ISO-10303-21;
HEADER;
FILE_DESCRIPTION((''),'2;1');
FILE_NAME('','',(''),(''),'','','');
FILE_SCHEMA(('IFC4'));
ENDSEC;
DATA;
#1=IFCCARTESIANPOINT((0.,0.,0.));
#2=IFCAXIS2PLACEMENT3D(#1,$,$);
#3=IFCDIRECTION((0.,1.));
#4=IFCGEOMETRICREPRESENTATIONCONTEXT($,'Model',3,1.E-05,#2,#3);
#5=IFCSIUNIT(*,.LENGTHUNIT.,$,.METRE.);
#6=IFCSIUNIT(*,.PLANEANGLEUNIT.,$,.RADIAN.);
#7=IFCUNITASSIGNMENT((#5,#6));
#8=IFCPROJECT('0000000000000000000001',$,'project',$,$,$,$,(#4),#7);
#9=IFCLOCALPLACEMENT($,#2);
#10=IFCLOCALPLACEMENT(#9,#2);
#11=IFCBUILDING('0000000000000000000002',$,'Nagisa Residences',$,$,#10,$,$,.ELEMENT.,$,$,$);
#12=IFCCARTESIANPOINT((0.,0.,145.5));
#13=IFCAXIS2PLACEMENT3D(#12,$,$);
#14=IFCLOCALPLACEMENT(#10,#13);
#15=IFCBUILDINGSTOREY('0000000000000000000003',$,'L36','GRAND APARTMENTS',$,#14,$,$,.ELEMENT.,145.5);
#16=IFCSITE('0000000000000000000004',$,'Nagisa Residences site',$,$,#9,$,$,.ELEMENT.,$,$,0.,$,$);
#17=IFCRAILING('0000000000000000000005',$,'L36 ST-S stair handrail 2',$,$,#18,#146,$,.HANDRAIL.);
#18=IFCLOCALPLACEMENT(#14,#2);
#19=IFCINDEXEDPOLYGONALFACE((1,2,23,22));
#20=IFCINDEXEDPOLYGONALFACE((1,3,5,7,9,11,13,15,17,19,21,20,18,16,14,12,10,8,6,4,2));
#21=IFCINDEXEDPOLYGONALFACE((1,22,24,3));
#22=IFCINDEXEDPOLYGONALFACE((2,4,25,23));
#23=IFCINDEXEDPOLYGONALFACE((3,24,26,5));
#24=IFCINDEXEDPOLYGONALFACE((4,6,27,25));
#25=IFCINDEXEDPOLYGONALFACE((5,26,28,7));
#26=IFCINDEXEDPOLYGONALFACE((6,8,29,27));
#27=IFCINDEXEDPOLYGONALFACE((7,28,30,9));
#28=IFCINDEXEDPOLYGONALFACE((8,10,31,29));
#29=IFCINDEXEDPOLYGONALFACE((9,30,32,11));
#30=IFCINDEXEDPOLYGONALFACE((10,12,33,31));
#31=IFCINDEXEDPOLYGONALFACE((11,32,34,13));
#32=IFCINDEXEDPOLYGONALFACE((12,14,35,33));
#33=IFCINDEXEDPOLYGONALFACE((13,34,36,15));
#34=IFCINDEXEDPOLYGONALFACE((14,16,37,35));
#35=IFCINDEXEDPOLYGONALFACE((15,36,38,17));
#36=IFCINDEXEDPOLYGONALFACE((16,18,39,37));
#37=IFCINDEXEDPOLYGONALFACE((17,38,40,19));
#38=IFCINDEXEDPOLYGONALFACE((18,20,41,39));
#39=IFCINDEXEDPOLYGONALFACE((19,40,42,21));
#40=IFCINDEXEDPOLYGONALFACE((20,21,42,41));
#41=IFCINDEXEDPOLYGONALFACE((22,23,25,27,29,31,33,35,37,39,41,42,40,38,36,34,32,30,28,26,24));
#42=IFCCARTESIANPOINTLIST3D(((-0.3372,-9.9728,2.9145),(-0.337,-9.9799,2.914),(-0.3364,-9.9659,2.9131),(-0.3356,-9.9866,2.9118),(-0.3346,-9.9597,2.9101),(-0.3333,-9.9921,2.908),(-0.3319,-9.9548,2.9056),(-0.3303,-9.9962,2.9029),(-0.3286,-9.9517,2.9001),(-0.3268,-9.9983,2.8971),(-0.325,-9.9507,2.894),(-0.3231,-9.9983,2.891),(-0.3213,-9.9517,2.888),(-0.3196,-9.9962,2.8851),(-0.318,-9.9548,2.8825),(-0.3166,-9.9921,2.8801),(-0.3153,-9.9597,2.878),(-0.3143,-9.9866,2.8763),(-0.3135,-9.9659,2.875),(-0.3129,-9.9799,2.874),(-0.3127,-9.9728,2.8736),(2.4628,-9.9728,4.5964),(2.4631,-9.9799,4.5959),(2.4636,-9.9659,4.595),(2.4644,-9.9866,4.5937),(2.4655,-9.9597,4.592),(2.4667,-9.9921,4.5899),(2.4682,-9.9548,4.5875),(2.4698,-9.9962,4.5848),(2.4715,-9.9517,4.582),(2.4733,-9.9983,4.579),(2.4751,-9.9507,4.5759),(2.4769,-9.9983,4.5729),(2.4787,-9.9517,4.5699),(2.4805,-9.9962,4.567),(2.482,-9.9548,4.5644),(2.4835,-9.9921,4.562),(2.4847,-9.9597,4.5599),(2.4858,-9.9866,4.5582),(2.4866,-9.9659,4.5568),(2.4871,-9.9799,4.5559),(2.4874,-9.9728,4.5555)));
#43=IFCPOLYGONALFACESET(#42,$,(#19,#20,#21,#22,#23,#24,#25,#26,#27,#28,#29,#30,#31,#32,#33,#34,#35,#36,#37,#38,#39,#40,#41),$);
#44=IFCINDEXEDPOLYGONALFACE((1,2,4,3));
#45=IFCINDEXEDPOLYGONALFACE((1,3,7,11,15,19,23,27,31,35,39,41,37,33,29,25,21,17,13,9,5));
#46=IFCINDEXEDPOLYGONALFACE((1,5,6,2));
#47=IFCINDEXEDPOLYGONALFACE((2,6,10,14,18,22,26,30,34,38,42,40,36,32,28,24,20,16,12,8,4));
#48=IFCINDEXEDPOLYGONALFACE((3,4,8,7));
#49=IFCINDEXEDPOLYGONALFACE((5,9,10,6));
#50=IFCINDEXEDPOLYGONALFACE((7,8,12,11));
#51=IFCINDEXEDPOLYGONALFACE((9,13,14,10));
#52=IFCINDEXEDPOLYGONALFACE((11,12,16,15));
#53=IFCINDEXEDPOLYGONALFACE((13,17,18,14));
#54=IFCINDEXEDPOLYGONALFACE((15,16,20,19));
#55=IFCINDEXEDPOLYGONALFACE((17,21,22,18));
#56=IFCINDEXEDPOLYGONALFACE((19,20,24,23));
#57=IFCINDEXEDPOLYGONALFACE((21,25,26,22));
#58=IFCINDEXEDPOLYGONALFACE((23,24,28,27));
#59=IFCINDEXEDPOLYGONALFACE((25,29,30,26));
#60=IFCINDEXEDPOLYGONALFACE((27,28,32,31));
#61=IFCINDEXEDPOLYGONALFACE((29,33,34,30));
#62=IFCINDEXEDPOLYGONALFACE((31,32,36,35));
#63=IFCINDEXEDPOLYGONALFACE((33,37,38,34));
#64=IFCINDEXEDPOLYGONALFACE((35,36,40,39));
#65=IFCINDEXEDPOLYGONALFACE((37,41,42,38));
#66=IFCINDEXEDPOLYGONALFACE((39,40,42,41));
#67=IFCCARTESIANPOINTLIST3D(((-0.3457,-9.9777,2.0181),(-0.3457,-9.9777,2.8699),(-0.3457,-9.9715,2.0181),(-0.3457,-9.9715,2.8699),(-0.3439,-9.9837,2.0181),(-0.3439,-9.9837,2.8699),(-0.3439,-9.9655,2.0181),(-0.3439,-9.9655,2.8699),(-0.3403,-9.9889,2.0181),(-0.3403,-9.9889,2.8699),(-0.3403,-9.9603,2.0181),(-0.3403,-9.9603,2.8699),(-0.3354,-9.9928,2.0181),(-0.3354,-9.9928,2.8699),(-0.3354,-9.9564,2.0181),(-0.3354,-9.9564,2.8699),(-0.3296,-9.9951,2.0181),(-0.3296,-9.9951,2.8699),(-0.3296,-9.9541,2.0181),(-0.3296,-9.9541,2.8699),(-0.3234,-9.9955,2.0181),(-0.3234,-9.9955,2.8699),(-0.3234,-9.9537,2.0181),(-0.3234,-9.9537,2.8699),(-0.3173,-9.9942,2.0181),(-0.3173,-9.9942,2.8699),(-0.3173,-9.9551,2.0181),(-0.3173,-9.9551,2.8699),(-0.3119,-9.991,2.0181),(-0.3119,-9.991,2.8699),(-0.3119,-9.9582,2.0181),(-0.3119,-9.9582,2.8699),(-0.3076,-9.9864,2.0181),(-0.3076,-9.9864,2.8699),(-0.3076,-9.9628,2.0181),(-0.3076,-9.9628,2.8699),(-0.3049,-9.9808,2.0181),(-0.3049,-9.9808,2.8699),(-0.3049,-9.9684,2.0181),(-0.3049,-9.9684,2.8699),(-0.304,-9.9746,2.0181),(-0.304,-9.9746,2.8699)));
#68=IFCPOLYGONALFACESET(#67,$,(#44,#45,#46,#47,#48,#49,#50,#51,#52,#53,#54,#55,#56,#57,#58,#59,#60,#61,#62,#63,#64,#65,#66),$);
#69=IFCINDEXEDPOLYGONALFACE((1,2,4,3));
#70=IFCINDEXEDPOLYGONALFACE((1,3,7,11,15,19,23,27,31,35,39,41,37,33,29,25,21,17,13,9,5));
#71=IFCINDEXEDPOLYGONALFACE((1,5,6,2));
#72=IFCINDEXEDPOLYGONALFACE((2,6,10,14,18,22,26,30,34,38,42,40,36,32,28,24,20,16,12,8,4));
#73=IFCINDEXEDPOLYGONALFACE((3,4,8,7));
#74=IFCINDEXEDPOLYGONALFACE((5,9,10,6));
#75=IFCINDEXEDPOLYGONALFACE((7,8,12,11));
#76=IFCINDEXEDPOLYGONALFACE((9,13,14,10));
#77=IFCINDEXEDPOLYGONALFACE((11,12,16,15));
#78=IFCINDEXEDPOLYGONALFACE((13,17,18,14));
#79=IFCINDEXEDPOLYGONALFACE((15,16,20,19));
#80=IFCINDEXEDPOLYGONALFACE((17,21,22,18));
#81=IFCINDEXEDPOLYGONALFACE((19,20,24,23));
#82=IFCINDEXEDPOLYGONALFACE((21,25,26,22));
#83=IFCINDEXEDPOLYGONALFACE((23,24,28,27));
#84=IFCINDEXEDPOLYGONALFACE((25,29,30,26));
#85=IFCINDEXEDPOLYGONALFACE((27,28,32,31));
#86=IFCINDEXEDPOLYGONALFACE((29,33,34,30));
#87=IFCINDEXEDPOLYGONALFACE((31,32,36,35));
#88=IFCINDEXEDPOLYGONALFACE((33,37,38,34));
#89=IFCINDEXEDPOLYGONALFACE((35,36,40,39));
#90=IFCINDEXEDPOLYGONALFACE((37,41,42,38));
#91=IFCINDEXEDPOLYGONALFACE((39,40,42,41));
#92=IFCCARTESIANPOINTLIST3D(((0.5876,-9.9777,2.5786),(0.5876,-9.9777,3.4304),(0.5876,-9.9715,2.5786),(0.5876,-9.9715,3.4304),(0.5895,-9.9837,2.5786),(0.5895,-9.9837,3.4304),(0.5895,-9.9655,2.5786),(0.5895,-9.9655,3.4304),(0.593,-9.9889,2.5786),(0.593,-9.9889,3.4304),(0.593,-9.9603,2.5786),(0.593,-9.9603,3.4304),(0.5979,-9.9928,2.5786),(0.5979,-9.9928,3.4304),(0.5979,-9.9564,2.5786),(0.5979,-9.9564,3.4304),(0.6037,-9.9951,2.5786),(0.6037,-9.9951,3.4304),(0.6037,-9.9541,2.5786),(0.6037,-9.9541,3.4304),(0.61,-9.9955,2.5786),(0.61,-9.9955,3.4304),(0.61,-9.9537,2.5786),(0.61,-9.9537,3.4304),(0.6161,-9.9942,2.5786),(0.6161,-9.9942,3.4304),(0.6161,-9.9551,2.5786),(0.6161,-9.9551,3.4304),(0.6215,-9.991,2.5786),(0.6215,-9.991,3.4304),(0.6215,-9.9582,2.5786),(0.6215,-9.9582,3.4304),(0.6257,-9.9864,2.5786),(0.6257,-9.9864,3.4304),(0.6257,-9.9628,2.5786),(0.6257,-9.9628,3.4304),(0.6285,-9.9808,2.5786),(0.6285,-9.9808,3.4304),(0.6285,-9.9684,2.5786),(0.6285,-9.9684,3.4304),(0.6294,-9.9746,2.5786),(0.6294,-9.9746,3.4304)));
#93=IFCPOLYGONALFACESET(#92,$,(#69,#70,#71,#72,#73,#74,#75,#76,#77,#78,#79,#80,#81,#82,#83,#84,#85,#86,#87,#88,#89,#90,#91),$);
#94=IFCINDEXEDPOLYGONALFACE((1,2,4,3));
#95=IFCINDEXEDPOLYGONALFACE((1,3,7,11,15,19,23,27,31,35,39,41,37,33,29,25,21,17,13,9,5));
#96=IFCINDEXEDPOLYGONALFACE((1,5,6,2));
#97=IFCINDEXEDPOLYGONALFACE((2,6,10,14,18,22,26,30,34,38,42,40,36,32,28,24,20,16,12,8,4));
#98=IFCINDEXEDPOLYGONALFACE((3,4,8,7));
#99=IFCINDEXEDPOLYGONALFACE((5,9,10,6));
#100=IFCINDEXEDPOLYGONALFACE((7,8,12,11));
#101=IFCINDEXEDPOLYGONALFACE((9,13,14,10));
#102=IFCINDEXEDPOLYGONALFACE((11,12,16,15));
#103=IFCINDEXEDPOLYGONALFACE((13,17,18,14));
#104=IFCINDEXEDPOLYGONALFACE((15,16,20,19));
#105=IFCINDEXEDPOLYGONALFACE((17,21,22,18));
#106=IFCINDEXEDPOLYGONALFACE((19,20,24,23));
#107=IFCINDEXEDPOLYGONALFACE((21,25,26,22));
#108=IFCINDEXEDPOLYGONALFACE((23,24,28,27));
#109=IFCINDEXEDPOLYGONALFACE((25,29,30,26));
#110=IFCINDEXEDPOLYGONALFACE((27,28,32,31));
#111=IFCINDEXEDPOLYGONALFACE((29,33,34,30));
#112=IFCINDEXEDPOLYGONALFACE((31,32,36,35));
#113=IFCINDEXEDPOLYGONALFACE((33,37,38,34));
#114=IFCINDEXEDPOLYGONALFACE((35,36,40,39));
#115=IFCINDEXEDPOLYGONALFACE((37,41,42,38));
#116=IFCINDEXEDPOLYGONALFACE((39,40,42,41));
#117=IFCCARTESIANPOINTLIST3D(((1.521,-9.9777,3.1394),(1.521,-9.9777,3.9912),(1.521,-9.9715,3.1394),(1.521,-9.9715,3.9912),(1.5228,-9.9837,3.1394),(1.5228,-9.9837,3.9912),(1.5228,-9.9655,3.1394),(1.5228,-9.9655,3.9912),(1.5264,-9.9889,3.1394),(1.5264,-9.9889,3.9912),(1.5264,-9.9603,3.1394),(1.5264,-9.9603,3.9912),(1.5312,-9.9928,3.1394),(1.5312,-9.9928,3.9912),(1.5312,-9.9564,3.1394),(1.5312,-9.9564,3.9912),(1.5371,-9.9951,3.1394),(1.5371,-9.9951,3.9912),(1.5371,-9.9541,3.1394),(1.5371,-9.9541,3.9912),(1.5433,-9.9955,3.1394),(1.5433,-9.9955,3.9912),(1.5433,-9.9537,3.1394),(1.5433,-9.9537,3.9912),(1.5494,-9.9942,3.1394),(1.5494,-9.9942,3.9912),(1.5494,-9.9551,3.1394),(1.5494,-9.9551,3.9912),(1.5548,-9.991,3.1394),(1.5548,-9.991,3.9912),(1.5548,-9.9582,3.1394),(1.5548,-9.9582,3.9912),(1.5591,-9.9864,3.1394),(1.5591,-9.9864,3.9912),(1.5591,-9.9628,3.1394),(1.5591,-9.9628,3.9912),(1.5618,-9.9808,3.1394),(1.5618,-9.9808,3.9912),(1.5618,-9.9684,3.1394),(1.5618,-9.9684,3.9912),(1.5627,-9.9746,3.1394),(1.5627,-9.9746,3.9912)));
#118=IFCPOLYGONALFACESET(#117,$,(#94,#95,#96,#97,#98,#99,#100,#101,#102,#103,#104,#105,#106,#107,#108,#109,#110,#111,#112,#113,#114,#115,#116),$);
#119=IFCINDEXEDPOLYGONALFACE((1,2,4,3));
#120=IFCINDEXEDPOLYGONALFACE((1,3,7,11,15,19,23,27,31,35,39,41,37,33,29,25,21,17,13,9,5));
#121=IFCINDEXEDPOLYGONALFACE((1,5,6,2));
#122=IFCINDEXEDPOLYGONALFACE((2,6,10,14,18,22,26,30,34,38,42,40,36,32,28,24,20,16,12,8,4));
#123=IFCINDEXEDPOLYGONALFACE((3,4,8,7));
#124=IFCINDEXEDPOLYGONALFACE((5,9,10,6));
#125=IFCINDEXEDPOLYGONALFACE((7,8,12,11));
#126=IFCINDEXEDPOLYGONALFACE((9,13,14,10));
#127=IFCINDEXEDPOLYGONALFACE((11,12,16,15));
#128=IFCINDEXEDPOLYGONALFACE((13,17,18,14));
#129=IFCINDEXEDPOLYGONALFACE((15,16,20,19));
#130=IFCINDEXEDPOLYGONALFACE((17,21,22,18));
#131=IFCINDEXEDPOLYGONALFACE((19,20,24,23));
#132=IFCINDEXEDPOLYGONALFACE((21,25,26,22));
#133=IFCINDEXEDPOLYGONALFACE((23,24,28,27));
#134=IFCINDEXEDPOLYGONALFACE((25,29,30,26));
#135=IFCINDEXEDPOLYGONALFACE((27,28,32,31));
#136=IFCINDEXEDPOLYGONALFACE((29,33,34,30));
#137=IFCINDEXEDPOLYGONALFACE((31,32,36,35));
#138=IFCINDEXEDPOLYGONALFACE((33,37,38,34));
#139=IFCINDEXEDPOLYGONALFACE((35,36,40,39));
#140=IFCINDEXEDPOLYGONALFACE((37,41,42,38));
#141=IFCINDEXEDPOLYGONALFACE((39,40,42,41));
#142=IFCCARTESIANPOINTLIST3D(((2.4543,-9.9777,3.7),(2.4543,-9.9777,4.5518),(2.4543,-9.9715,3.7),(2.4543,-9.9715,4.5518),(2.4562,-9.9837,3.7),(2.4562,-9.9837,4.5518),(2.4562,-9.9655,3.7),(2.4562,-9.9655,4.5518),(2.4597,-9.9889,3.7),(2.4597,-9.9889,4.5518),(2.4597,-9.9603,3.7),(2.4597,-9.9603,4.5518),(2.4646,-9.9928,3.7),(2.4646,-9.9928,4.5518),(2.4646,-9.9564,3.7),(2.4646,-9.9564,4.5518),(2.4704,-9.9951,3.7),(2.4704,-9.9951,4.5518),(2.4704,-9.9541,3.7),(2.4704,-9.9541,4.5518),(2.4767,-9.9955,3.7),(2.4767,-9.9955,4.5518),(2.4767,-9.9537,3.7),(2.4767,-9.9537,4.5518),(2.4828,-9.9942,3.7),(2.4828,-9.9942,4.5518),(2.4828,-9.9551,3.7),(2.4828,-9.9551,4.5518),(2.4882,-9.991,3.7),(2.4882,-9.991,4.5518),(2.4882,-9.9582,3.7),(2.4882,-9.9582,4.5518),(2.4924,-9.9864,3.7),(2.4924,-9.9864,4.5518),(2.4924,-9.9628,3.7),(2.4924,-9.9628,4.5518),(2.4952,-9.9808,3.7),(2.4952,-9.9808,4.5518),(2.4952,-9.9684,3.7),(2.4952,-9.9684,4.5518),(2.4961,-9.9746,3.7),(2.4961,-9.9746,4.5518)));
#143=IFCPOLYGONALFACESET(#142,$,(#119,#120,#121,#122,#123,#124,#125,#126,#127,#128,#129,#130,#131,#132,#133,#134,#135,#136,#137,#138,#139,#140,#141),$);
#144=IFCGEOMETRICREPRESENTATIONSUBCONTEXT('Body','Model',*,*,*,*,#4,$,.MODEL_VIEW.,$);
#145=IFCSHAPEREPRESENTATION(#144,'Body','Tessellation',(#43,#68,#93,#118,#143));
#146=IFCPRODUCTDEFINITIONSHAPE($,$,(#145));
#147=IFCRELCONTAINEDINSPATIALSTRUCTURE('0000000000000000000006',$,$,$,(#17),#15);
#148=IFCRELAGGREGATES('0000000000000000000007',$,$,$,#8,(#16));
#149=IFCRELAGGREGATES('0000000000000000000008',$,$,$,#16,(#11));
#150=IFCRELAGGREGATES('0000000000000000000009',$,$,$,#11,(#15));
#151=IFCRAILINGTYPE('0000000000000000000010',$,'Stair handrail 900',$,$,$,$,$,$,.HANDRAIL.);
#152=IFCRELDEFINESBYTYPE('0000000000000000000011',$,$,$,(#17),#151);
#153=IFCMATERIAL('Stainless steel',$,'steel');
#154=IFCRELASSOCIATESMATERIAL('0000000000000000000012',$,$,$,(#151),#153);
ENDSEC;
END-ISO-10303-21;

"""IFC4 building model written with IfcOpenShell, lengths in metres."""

from ifc_helpers import new_model, si_unit, direction, frame, origin, origin_2d, place, context, subcontext, project, spatial, circle, extrude, material, type_object, element, save


model = new_model("IFC4")

# Units and contexts
model_context = context("Model", 3, precision=1e-05, world=origin(), true_north=direction((0.0, 1.0)))
body_context = subcontext(model_context, "Body", "Model", "MODEL_VIEW")
ifc_project = project(units=[si_unit("LENGTHUNIT", "METRE"), si_unit("PLANEANGLEUNIT", "RADIAN")], contexts=[model_context])

# Site, building, storey
site_placement = place(None, origin())
site = spatial("IfcSite", under=ifc_project, at=site_placement, Name="Nagisa Residences site", CompositionType="ELEMENT", RefElevation=0.0)
building_placement = place(site_placement, origin())
building = spatial("IfcBuilding", under=site, at=building_placement, Name="Nagisa Residences", CompositionType="ELEMENT")
storey_placement = place(building_placement, frame((0.0, 0.0, 145.5)))
storey = spatial("IfcBuildingStorey", under=building, at=storey_placement, Name="L36", Description="GRAND APARTMENTS", CompositionType="ELEMENT", Elevation=145.5)

# Railing
ifc_material_1 = material(Name="Stainless steel", Category="steel")
railing_type = type_object("IfcRailingType", Name="Stair handrail 900", PredefinedType="HANDRAIL", material=ifc_material_1)
railing_placement = place(storey_placement, frame((-0.325, -9.9746, 2.0181)))
element("IfcRailing", 1, at=railing_placement, inside=storey, type_object=railing_type, Name="L36 ST-S stair handrail 2", PredefinedType="HANDRAIL", context=body_context, shape_type="SweptSolid", body=[
    extrude(circle(Radius=0.0239, at=origin_2d()), frame((0.0, 0.0, 0.876), z_axis=(0.857242, 0.0, 0.514913), x_axis=(0.0, 1.0, 0.0)), (0.0, 0.0, 1.0), 3.2664),
    extrude(circle(Radius=0.021, at=origin_2d()), origin(), (0.0, 0.0, 1.0), 0.8518),
    extrude(circle(Radius=0.021, at=origin_2d()), frame((0.9333, 0.0, 0.5605)), (0.0, 0.0, 1.0), 0.8518),
    extrude(circle(Radius=0.021, at=origin_2d()), frame((1.8667, 0.0, 1.1213)), (0.0, 0.0, 1.0), 0.8518),
    extrude(circle(Radius=0.021, at=origin_2d()), frame((2.8, 0.0, 1.6819)), (0.0, 0.0, 1.0), 0.8518),
])

save(model, "model.ifc")
